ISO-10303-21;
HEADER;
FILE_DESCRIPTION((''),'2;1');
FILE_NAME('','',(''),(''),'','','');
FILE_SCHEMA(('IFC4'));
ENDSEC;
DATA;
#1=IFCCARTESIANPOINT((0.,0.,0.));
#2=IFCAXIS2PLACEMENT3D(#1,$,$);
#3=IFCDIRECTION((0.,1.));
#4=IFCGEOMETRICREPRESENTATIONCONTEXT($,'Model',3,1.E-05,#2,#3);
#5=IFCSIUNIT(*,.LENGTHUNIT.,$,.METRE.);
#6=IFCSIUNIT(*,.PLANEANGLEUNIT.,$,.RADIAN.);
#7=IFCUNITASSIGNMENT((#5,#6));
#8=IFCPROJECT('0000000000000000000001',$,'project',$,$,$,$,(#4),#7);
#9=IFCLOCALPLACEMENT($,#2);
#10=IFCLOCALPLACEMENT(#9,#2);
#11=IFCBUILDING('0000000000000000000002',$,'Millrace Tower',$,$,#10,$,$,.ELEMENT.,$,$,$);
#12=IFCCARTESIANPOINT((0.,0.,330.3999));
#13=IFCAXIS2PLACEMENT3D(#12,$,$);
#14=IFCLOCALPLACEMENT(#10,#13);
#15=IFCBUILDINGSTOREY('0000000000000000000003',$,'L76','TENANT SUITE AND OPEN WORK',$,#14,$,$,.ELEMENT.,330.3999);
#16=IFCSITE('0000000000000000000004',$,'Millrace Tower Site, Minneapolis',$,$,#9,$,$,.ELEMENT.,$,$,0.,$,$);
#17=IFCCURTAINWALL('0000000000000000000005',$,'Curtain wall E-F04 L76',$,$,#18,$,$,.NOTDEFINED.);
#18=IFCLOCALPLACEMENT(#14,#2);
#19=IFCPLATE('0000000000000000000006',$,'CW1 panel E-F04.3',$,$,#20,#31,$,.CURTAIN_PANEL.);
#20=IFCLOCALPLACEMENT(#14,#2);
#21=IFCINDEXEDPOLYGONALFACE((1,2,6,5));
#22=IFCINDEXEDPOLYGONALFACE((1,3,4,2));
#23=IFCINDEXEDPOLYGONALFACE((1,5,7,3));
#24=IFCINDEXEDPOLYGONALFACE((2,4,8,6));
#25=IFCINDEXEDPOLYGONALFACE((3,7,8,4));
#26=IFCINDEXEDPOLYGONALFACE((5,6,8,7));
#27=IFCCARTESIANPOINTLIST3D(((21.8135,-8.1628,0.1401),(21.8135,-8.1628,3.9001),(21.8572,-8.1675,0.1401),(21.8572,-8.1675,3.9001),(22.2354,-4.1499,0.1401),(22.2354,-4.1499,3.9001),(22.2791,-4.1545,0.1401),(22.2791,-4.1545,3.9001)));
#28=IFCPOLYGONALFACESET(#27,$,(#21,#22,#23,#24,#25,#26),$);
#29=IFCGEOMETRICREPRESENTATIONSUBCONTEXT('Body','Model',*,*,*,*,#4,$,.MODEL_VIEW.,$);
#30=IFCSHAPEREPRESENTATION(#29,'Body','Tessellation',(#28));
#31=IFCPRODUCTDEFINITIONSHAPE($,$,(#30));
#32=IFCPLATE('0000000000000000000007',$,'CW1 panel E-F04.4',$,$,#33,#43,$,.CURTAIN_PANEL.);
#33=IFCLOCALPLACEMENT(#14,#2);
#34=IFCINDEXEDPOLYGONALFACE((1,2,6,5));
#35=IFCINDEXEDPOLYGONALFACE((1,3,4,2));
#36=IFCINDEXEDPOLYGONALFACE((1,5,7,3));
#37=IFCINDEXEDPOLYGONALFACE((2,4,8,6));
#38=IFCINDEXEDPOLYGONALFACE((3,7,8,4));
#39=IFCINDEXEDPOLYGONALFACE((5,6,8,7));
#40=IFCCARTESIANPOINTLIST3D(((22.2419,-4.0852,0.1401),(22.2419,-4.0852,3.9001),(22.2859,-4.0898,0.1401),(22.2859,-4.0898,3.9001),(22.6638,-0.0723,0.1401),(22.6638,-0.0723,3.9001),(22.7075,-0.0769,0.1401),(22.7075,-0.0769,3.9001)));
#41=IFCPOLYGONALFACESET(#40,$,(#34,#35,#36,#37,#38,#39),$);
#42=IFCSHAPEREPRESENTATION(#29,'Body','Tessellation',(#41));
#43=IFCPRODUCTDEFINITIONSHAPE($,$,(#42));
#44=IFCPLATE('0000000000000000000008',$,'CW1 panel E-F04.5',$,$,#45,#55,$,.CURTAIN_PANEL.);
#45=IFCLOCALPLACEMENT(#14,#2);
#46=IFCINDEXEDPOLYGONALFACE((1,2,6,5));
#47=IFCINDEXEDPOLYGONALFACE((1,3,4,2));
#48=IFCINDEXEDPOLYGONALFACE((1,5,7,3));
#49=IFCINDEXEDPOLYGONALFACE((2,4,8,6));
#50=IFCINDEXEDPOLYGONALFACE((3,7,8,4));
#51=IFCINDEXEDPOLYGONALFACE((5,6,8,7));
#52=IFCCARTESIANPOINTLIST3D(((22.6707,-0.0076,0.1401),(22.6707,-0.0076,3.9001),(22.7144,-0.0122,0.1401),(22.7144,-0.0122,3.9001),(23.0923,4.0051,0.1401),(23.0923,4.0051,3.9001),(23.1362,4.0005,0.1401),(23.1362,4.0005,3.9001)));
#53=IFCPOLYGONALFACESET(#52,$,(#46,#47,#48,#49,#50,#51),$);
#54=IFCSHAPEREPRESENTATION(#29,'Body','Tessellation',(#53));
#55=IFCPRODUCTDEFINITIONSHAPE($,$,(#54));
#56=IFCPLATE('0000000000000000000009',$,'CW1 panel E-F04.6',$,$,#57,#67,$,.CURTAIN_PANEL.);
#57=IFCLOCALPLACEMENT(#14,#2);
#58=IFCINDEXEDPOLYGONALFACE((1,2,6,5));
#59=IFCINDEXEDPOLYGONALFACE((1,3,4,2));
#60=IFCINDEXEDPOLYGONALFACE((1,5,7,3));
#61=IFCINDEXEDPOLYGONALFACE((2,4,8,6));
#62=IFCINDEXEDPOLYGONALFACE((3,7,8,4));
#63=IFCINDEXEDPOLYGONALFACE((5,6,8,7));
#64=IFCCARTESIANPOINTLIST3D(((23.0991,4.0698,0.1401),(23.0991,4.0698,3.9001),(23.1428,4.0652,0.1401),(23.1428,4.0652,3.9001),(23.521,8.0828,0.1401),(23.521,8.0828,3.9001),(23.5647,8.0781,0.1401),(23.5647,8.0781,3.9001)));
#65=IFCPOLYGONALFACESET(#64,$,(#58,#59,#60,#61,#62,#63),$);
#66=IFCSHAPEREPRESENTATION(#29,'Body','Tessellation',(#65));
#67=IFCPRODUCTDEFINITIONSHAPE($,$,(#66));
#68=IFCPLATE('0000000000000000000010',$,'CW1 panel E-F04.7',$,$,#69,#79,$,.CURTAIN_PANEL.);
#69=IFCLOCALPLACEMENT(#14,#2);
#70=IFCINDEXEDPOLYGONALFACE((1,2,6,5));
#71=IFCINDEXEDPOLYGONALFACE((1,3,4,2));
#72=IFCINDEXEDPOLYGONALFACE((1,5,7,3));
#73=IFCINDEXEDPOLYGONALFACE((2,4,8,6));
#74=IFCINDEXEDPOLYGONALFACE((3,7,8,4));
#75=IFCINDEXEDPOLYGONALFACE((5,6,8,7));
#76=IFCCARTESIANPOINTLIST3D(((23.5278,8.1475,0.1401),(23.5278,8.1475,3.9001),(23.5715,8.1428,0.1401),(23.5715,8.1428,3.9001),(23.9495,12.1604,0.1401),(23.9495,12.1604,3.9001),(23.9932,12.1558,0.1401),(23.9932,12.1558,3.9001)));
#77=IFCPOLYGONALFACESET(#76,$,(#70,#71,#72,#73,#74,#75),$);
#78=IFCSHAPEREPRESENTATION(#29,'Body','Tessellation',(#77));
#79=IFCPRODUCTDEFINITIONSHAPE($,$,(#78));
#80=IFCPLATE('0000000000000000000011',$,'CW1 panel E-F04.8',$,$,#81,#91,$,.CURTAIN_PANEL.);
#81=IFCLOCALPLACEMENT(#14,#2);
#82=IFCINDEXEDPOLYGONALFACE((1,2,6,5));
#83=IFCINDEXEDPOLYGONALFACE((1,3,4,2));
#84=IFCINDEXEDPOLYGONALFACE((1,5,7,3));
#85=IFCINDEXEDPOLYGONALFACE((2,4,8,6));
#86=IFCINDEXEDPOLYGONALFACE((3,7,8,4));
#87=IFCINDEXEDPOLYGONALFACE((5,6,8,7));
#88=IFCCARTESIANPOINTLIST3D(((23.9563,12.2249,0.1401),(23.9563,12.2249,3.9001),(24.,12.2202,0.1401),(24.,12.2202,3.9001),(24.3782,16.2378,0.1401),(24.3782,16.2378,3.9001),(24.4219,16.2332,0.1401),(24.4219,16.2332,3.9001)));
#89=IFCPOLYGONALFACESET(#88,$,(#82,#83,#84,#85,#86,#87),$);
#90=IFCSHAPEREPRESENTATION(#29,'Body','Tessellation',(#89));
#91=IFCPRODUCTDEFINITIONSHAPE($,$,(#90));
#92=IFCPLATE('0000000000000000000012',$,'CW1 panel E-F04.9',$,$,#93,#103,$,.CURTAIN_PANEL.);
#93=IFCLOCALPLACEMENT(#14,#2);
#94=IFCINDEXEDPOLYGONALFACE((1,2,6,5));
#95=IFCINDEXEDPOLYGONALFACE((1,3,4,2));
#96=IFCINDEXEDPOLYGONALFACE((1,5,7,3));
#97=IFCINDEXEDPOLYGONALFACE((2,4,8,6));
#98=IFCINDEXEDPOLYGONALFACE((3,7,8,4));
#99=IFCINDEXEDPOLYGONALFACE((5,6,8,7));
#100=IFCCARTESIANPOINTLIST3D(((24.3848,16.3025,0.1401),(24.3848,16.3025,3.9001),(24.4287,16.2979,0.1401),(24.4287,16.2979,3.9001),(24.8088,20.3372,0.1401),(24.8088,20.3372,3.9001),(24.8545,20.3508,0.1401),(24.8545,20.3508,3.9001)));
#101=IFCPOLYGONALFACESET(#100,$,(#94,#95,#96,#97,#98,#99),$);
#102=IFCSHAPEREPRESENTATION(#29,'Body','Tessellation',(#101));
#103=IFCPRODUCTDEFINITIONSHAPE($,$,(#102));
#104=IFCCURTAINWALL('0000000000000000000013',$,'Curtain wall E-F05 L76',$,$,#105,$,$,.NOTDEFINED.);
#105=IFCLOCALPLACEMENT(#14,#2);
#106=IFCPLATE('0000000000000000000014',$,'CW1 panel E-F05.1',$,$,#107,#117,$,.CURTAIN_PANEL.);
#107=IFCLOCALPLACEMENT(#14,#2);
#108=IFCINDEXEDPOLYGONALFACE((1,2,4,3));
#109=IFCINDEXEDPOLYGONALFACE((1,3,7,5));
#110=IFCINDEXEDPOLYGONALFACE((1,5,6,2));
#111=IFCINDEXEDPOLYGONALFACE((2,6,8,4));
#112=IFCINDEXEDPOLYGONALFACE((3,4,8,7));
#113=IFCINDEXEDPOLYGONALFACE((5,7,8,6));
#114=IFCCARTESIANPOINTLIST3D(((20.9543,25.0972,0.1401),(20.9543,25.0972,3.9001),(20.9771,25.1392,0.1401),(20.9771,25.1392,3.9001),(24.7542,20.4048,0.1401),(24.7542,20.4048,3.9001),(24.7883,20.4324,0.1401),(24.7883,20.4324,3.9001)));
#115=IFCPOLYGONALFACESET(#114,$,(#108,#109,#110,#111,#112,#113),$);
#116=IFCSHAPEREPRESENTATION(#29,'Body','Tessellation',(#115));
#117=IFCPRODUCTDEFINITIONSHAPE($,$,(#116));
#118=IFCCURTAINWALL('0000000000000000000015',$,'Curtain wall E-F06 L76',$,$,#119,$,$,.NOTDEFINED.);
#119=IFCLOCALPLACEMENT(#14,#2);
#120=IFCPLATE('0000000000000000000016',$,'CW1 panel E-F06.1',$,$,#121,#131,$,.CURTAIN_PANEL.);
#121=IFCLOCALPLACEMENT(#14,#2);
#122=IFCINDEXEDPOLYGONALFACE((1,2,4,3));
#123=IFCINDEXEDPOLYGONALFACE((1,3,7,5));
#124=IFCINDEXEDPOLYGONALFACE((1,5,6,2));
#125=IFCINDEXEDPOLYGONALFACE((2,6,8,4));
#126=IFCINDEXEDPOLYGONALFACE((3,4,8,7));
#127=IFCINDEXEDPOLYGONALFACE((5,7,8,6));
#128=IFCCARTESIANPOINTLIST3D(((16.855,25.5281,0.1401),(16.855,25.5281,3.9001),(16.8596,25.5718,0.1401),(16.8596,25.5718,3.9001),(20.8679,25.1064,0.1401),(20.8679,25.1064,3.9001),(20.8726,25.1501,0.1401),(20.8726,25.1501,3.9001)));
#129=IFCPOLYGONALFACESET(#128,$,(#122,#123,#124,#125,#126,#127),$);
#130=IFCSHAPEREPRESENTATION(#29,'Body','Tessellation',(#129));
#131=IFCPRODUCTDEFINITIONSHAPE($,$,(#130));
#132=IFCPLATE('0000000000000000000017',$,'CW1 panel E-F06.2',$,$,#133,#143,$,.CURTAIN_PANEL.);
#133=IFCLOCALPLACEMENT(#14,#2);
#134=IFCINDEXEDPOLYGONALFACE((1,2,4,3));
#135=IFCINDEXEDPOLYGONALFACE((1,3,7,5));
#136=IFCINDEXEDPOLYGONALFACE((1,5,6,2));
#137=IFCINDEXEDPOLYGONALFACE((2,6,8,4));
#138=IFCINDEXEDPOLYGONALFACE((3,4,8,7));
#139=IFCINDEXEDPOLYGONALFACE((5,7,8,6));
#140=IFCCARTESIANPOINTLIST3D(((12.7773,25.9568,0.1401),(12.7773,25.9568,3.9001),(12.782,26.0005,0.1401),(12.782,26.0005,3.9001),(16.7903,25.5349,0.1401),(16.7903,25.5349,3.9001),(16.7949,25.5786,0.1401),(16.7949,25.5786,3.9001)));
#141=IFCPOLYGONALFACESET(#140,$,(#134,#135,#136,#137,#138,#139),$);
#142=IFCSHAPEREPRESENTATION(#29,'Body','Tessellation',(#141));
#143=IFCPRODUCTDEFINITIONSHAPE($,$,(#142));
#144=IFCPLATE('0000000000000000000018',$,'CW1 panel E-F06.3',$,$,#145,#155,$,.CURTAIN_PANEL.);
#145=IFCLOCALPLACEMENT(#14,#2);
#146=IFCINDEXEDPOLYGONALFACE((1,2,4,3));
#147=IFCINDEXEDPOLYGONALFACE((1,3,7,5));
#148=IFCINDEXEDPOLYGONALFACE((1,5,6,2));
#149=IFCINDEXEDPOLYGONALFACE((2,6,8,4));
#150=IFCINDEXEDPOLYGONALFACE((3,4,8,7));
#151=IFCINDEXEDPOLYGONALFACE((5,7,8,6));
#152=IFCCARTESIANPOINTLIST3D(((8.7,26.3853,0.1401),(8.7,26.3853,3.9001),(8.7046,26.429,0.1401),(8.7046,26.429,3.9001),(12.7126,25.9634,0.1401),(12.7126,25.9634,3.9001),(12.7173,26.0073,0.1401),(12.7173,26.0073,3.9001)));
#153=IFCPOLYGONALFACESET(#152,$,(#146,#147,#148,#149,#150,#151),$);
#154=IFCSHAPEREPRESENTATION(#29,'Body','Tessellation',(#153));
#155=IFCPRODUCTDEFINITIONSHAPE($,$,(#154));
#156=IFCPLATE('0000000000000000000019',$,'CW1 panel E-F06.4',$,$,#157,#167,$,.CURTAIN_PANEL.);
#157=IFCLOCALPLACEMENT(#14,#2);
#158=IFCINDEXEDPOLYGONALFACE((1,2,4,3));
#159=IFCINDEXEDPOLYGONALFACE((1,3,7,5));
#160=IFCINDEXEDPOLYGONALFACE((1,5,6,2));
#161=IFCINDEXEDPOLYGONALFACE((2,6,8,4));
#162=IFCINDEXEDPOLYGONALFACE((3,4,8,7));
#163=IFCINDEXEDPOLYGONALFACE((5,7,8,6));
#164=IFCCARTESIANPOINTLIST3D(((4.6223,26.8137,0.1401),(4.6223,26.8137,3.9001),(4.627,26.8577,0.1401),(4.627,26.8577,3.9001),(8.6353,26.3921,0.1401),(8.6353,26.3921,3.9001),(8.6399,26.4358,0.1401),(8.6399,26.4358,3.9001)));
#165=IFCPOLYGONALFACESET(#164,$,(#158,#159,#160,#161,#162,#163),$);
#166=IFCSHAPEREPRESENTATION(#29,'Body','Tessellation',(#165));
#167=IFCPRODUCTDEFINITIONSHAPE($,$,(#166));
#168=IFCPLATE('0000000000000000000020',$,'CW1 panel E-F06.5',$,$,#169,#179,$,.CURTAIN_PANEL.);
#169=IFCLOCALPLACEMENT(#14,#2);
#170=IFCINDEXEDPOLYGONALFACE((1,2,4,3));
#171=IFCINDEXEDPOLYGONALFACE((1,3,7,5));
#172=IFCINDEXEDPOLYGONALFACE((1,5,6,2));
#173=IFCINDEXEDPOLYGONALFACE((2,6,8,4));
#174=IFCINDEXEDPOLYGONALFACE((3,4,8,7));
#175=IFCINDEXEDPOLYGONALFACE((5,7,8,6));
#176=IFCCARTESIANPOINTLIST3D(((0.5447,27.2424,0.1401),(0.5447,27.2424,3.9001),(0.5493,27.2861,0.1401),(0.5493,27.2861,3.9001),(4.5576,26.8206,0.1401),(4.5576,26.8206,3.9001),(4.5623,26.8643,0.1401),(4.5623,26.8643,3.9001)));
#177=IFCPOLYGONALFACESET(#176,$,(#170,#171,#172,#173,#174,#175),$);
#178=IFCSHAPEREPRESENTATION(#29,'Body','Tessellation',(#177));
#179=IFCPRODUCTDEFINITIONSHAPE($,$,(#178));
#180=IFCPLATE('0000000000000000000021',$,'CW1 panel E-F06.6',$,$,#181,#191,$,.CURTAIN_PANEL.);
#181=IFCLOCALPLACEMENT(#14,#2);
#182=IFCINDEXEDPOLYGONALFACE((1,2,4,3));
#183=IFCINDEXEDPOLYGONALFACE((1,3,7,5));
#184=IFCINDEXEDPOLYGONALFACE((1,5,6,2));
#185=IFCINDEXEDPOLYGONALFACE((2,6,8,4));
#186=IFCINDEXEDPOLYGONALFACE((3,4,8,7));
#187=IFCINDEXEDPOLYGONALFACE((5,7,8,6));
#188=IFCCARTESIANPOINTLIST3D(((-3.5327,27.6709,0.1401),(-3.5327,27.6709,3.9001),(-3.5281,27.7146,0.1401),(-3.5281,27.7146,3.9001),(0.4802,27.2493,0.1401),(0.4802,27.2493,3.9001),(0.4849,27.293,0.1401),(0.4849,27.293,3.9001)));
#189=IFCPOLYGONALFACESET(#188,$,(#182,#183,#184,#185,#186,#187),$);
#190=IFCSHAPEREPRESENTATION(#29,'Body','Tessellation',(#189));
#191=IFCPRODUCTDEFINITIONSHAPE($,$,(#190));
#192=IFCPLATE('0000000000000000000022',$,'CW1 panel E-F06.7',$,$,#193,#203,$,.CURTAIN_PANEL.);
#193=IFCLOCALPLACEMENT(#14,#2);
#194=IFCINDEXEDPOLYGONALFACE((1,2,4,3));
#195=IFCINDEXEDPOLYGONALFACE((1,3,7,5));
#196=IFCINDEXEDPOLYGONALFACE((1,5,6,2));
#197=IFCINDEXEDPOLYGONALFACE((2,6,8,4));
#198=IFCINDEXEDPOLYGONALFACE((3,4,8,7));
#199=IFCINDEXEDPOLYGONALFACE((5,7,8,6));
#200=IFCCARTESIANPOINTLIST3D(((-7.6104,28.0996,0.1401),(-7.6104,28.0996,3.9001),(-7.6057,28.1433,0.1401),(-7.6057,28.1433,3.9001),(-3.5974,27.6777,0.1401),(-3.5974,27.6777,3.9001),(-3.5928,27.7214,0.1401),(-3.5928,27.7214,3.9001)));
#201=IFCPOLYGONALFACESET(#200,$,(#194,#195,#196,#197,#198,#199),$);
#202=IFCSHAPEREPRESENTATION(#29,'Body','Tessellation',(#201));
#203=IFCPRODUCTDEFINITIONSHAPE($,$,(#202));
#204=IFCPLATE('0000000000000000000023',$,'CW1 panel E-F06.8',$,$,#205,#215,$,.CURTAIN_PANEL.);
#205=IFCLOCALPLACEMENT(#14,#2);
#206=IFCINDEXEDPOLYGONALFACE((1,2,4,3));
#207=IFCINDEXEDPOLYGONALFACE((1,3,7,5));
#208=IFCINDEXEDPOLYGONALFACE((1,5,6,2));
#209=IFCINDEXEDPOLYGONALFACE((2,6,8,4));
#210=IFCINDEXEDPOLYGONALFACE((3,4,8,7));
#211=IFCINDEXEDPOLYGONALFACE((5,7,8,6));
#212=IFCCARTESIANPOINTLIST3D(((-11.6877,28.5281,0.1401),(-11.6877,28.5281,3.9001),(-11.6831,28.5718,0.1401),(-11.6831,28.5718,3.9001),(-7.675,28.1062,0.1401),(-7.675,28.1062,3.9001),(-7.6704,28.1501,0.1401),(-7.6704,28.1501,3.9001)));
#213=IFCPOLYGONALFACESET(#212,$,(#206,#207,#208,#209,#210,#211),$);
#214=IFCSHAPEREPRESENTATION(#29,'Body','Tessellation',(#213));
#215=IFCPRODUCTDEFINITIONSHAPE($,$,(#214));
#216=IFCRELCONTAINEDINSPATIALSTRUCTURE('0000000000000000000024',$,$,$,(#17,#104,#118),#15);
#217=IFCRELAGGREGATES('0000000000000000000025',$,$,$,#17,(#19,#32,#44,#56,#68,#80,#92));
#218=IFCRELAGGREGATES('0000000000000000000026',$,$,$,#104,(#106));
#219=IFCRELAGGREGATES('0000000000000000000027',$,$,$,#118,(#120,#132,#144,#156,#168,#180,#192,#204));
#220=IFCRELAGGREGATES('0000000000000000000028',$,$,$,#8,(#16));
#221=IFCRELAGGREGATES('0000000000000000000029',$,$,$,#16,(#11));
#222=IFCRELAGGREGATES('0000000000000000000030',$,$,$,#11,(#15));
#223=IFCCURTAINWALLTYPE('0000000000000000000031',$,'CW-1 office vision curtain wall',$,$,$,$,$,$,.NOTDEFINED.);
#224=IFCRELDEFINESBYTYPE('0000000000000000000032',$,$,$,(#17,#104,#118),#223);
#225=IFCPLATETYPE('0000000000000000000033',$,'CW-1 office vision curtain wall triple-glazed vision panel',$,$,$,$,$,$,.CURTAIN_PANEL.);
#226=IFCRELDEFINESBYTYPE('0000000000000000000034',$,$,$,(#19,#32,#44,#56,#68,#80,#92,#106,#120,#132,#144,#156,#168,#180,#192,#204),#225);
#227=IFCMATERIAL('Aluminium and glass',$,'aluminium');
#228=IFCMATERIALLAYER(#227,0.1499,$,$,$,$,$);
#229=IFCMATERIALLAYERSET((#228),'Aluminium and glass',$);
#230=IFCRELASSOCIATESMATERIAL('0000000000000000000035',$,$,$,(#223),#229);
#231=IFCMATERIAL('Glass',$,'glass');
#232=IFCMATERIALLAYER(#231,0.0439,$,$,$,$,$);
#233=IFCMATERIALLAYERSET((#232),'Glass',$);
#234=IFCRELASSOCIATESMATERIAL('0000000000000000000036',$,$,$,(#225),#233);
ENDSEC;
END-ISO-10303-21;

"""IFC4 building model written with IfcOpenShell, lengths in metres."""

from ifc_helpers import new_model, si_unit, direction, frame, origin, place, context, subcontext, project, spatial, polyline, outline, extrude, material, layer, layer_set, type_object, element, aggregate, save


model = new_model("IFC4")

# Units and contexts
model_context = context("Model", 3, precision=1e-05, world=origin(), true_north=direction((0.0, 1.0)))
body_context = subcontext(model_context, "Body", "Model", "MODEL_VIEW")
ifc_project = project(units=[si_unit("LENGTHUNIT", "METRE"), si_unit("PLANEANGLEUNIT", "RADIAN")], contexts=[model_context])

# Site, building, storey
site_placement = place(None, origin())
site = spatial("IfcSite", under=ifc_project, at=site_placement, Name="Millrace Tower Site, Minneapolis", CompositionType="ELEMENT", RefElevation=0.0)
building_placement = place(site_placement, origin())
building = spatial("IfcBuilding", under=site, at=building_placement, Name="Millrace Tower", CompositionType="ELEMENT")
storey_placement = place(building_placement, frame((0.0, 0.0, 330.3999)))
storey = spatial("IfcBuildingStorey", under=building, at=storey_placement, Name="L76", Description="TENANT SUITE AND OPEN WORK", CompositionType="ELEMENT", Elevation=330.3999)

# Curtain wall, plates
ifc_material_1 = material(Name="Aluminium and glass", Category="aluminium")
ifc_layer_1 = layer(ifc_material_1, 0.1499)
ifc_layer_set_1 = layer_set([ifc_layer_1], Name="Aluminium and glass")
curtain_wall_type = type_object("IfcCurtainWallType", Name="CW-1 office vision curtain wall", PredefinedType="NOTDEFINED", material=ifc_layer_set_1)
placement_1 = place(storey_placement, origin())
curtain_wall_1 = element("IfcCurtainWall", 1, at=placement_1, inside=storey, type_object=curtain_wall_type, Name="Curtain wall E-F04 L76", PredefinedType="NOTDEFINED")
ifc_material_2 = material(Name="Glass", Category="glass")
ifc_layer_2 = layer(ifc_material_2, 0.0439)
ifc_layer_set_2 = layer_set([ifc_layer_2], Name="Glass")
plate_type = type_object("IfcPlateType", Name="CW-1 office vision curtain wall triple-glazed vision panel", PredefinedType="CURTAIN_PANEL", material=ifc_layer_set_2)
placement_2 = place(storey_placement, frame((0.0, 0.0, 0.1401)))
plate_1 = element("IfcPlate", 2, at=placement_2, type_object=plate_type, Name="CW1 panel E-F04.3", PredefinedType="CURTAIN_PANEL", context=body_context, shape_type="SweptSolid", body=[
    extrude(outline(polyline([(21.8572, -8.1675), (22.2791, -4.1545), (22.2354, -4.1499), (21.8135, -8.1628), (21.8572, -8.1675)])), origin(), (0.0, 0.0, 1.0), 3.76),
])
plate_2 = element("IfcPlate", 3, at=placement_2, type_object=plate_type, Name="CW1 panel E-F04.4", PredefinedType="CURTAIN_PANEL", context=body_context, shape_type="SweptSolid", body=[
    extrude(outline(polyline([(22.2859, -4.0898), (22.7075, -0.0769), (22.6638, -0.0723), (22.2419, -4.0852), (22.2859, -4.0898)])), origin(), (0.0, 0.0, 1.0), 3.76),
])
plate_3 = element("IfcPlate", 4, at=placement_2, type_object=plate_type, Name="CW1 panel E-F04.5", PredefinedType="CURTAIN_PANEL", context=body_context, shape_type="SweptSolid", body=[
    extrude(outline(polyline([(22.7144, -0.0122), (23.1362, 4.0005), (23.0923, 4.0051), (22.6707, -0.0076), (22.7144, -0.0122)])), origin(), (0.0, 0.0, 1.0), 3.76),
])
plate_4 = element("IfcPlate", 5, at=placement_2, type_object=plate_type, Name="CW1 panel E-F04.6", PredefinedType="CURTAIN_PANEL", context=body_context, shape_type="SweptSolid", body=[
    extrude(outline(polyline([(23.1428, 4.0652), (23.5647, 8.0781), (23.521, 8.0828), (23.0991, 4.0698), (23.1428, 4.0652)])), origin(), (0.0, 0.0, 1.0), 3.76),
])
plate_5 = element("IfcPlate", 6, at=placement_2, type_object=plate_type, Name="CW1 panel E-F04.7", PredefinedType="CURTAIN_PANEL", context=body_context, shape_type="SweptSolid", body=[
    extrude(outline(polyline([(23.5715, 8.1428), (23.9932, 12.1558), (23.9495, 12.1604), (23.5278, 8.1475), (23.5715, 8.1428)])), origin(), (0.0, 0.0, 1.0), 3.76),
])
plate_6 = element("IfcPlate", 7, at=placement_2, type_object=plate_type, Name="CW1 panel E-F04.8", PredefinedType="CURTAIN_PANEL", context=body_context, shape_type="SweptSolid", body=[
    extrude(outline(polyline([(24.0, 12.2202), (24.4219, 16.2332), (24.3782, 16.2378), (23.9563, 12.2249), (24.0, 12.2202)])), origin(), (0.0, 0.0, 1.0), 3.76),
])
plate_7 = element("IfcPlate", 8, at=placement_2, type_object=plate_type, Name="CW1 panel E-F04.9", PredefinedType="CURTAIN_PANEL", context=body_context, shape_type="SweptSolid", body=[
    extrude(outline(polyline([(24.4287, 16.2979), (24.8545, 20.3508), (24.8088, 20.3372), (24.3848, 16.3025), (24.4287, 16.2979)])), origin(), (0.0, 0.0, 1.0), 3.76),
])
aggregate(curtain_wall_1, [plate_1, plate_2, plate_3, plate_4, plate_5, plate_6, plate_7])

# Curtain wall, plate
curtain_wall_2 = element("IfcCurtainWall", 9, at=placement_1, inside=storey, type_object=curtain_wall_type, Name="Curtain wall E-F05 L76", PredefinedType="NOTDEFINED")
plate_8 = element("IfcPlate", 10, at=placement_2, type_object=plate_type, Name="CW1 panel E-F05.1", PredefinedType="CURTAIN_PANEL", context=body_context, shape_type="SweptSolid", body=[
    extrude(outline(polyline([(24.7883, 20.4324), (20.9771, 25.1392), (20.9543, 25.0972), (24.7542, 20.4048), (24.7883, 20.4324)])), origin(), (0.0, 0.0, 1.0), 3.76),
])
aggregate(curtain_wall_2, [plate_8])

# Curtain wall, plates
curtain_wall_3 = element("IfcCurtainWall", 11, at=placement_1, inside=storey, type_object=curtain_wall_type, Name="Curtain wall E-F06 L76", PredefinedType="NOTDEFINED")
plate_9 = element("IfcPlate", 12, at=placement_2, type_object=plate_type, Name="CW1 panel E-F06.1", PredefinedType="CURTAIN_PANEL", context=body_context, shape_type="SweptSolid", body=[
    extrude(outline(polyline([(20.8726, 25.1501), (16.8596, 25.5718), (16.855, 25.5281), (20.8679, 25.1064), (20.8726, 25.1501)])), origin(), (0.0, 0.0, 1.0), 3.76),
])
plate_10 = element("IfcPlate", 13, at=placement_2, type_object=plate_type, Name="CW1 panel E-F06.2", PredefinedType="CURTAIN_PANEL", context=body_context, shape_type="SweptSolid", body=[
    extrude(outline(polyline([(16.7949, 25.5786), (12.782, 26.0005), (12.7773, 25.9568), (16.7903, 25.5349), (16.7949, 25.5786)])), origin(), (0.0, 0.0, 1.0), 3.76),
])
plate_11 = element("IfcPlate", 14, at=placement_2, type_object=plate_type, Name="CW1 panel E-F06.3", PredefinedType="CURTAIN_PANEL", context=body_context, shape_type="SweptSolid", body=[
    extrude(outline(polyline([(12.7173, 26.0073), (8.7046, 26.429), (8.7, 26.3853), (12.7126, 25.9634), (12.7173, 26.0073)])), origin(), (0.0, 0.0, 1.0), 3.76),
])
plate_12 = element("IfcPlate", 15, at=placement_2, type_object=plate_type, Name="CW1 panel E-F06.4", PredefinedType="CURTAIN_PANEL", context=body_context, shape_type="SweptSolid", body=[
    extrude(outline(polyline([(8.6399, 26.4358), (4.627, 26.8577), (4.6223, 26.8137), (8.6353, 26.3921), (8.6399, 26.4358)])), origin(), (0.0, 0.0, 1.0), 3.76),
])
plate_13 = element("IfcPlate", 16, at=placement_2, type_object=plate_type, Name="CW1 panel E-F06.5", PredefinedType="CURTAIN_PANEL", context=body_context, shape_type="SweptSolid", body=[
    extrude(outline(polyline([(4.5623, 26.8643), (0.5493, 27.2861), (0.5447, 27.2424), (4.5576, 26.8206), (4.5623, 26.8643)])), origin(), (0.0, 0.0, 1.0), 3.76),
])
plate_14 = element("IfcPlate", 17, at=placement_2, type_object=plate_type, Name="CW1 panel E-F06.6", PredefinedType="CURTAIN_PANEL", context=body_context, shape_type="SweptSolid", body=[
    extrude(outline(polyline([(0.4849, 27.293), (-3.5281, 27.7146), (-3.5327, 27.6709), (0.4802, 27.2493), (0.4849, 27.293)])), origin(), (0.0, 0.0, 1.0), 3.76),
])
plate_15 = element("IfcPlate", 18, at=placement_2, type_object=plate_type, Name="CW1 panel E-F06.7", PredefinedType="CURTAIN_PANEL", context=body_context, shape_type="SweptSolid", body=[
    extrude(outline(polyline([(-3.5928, 27.7214), (-7.6057, 28.1433), (-7.6104, 28.0996), (-3.5974, 27.6777), (-3.5928, 27.7214)])), origin(), (0.0, 0.0, 1.0), 3.76),
])
plate_16 = element("IfcPlate", 19, at=placement_2, type_object=plate_type, Name="CW1 panel E-F06.8", PredefinedType="CURTAIN_PANEL", context=body_context, shape_type="SweptSolid", body=[
    extrude(outline(polyline([(-7.6704, 28.1501), (-11.6831, 28.5718), (-11.6877, 28.5281), (-7.675, 28.1062), (-7.6704, 28.1501)])), origin(), (0.0, 0.0, 1.0), 3.76),
])
aggregate(curtain_wall_3, [plate_9, plate_10, plate_11, plate_12, plate_13, plate_14, plate_15, plate_16])

save(model, "model.ifc")
